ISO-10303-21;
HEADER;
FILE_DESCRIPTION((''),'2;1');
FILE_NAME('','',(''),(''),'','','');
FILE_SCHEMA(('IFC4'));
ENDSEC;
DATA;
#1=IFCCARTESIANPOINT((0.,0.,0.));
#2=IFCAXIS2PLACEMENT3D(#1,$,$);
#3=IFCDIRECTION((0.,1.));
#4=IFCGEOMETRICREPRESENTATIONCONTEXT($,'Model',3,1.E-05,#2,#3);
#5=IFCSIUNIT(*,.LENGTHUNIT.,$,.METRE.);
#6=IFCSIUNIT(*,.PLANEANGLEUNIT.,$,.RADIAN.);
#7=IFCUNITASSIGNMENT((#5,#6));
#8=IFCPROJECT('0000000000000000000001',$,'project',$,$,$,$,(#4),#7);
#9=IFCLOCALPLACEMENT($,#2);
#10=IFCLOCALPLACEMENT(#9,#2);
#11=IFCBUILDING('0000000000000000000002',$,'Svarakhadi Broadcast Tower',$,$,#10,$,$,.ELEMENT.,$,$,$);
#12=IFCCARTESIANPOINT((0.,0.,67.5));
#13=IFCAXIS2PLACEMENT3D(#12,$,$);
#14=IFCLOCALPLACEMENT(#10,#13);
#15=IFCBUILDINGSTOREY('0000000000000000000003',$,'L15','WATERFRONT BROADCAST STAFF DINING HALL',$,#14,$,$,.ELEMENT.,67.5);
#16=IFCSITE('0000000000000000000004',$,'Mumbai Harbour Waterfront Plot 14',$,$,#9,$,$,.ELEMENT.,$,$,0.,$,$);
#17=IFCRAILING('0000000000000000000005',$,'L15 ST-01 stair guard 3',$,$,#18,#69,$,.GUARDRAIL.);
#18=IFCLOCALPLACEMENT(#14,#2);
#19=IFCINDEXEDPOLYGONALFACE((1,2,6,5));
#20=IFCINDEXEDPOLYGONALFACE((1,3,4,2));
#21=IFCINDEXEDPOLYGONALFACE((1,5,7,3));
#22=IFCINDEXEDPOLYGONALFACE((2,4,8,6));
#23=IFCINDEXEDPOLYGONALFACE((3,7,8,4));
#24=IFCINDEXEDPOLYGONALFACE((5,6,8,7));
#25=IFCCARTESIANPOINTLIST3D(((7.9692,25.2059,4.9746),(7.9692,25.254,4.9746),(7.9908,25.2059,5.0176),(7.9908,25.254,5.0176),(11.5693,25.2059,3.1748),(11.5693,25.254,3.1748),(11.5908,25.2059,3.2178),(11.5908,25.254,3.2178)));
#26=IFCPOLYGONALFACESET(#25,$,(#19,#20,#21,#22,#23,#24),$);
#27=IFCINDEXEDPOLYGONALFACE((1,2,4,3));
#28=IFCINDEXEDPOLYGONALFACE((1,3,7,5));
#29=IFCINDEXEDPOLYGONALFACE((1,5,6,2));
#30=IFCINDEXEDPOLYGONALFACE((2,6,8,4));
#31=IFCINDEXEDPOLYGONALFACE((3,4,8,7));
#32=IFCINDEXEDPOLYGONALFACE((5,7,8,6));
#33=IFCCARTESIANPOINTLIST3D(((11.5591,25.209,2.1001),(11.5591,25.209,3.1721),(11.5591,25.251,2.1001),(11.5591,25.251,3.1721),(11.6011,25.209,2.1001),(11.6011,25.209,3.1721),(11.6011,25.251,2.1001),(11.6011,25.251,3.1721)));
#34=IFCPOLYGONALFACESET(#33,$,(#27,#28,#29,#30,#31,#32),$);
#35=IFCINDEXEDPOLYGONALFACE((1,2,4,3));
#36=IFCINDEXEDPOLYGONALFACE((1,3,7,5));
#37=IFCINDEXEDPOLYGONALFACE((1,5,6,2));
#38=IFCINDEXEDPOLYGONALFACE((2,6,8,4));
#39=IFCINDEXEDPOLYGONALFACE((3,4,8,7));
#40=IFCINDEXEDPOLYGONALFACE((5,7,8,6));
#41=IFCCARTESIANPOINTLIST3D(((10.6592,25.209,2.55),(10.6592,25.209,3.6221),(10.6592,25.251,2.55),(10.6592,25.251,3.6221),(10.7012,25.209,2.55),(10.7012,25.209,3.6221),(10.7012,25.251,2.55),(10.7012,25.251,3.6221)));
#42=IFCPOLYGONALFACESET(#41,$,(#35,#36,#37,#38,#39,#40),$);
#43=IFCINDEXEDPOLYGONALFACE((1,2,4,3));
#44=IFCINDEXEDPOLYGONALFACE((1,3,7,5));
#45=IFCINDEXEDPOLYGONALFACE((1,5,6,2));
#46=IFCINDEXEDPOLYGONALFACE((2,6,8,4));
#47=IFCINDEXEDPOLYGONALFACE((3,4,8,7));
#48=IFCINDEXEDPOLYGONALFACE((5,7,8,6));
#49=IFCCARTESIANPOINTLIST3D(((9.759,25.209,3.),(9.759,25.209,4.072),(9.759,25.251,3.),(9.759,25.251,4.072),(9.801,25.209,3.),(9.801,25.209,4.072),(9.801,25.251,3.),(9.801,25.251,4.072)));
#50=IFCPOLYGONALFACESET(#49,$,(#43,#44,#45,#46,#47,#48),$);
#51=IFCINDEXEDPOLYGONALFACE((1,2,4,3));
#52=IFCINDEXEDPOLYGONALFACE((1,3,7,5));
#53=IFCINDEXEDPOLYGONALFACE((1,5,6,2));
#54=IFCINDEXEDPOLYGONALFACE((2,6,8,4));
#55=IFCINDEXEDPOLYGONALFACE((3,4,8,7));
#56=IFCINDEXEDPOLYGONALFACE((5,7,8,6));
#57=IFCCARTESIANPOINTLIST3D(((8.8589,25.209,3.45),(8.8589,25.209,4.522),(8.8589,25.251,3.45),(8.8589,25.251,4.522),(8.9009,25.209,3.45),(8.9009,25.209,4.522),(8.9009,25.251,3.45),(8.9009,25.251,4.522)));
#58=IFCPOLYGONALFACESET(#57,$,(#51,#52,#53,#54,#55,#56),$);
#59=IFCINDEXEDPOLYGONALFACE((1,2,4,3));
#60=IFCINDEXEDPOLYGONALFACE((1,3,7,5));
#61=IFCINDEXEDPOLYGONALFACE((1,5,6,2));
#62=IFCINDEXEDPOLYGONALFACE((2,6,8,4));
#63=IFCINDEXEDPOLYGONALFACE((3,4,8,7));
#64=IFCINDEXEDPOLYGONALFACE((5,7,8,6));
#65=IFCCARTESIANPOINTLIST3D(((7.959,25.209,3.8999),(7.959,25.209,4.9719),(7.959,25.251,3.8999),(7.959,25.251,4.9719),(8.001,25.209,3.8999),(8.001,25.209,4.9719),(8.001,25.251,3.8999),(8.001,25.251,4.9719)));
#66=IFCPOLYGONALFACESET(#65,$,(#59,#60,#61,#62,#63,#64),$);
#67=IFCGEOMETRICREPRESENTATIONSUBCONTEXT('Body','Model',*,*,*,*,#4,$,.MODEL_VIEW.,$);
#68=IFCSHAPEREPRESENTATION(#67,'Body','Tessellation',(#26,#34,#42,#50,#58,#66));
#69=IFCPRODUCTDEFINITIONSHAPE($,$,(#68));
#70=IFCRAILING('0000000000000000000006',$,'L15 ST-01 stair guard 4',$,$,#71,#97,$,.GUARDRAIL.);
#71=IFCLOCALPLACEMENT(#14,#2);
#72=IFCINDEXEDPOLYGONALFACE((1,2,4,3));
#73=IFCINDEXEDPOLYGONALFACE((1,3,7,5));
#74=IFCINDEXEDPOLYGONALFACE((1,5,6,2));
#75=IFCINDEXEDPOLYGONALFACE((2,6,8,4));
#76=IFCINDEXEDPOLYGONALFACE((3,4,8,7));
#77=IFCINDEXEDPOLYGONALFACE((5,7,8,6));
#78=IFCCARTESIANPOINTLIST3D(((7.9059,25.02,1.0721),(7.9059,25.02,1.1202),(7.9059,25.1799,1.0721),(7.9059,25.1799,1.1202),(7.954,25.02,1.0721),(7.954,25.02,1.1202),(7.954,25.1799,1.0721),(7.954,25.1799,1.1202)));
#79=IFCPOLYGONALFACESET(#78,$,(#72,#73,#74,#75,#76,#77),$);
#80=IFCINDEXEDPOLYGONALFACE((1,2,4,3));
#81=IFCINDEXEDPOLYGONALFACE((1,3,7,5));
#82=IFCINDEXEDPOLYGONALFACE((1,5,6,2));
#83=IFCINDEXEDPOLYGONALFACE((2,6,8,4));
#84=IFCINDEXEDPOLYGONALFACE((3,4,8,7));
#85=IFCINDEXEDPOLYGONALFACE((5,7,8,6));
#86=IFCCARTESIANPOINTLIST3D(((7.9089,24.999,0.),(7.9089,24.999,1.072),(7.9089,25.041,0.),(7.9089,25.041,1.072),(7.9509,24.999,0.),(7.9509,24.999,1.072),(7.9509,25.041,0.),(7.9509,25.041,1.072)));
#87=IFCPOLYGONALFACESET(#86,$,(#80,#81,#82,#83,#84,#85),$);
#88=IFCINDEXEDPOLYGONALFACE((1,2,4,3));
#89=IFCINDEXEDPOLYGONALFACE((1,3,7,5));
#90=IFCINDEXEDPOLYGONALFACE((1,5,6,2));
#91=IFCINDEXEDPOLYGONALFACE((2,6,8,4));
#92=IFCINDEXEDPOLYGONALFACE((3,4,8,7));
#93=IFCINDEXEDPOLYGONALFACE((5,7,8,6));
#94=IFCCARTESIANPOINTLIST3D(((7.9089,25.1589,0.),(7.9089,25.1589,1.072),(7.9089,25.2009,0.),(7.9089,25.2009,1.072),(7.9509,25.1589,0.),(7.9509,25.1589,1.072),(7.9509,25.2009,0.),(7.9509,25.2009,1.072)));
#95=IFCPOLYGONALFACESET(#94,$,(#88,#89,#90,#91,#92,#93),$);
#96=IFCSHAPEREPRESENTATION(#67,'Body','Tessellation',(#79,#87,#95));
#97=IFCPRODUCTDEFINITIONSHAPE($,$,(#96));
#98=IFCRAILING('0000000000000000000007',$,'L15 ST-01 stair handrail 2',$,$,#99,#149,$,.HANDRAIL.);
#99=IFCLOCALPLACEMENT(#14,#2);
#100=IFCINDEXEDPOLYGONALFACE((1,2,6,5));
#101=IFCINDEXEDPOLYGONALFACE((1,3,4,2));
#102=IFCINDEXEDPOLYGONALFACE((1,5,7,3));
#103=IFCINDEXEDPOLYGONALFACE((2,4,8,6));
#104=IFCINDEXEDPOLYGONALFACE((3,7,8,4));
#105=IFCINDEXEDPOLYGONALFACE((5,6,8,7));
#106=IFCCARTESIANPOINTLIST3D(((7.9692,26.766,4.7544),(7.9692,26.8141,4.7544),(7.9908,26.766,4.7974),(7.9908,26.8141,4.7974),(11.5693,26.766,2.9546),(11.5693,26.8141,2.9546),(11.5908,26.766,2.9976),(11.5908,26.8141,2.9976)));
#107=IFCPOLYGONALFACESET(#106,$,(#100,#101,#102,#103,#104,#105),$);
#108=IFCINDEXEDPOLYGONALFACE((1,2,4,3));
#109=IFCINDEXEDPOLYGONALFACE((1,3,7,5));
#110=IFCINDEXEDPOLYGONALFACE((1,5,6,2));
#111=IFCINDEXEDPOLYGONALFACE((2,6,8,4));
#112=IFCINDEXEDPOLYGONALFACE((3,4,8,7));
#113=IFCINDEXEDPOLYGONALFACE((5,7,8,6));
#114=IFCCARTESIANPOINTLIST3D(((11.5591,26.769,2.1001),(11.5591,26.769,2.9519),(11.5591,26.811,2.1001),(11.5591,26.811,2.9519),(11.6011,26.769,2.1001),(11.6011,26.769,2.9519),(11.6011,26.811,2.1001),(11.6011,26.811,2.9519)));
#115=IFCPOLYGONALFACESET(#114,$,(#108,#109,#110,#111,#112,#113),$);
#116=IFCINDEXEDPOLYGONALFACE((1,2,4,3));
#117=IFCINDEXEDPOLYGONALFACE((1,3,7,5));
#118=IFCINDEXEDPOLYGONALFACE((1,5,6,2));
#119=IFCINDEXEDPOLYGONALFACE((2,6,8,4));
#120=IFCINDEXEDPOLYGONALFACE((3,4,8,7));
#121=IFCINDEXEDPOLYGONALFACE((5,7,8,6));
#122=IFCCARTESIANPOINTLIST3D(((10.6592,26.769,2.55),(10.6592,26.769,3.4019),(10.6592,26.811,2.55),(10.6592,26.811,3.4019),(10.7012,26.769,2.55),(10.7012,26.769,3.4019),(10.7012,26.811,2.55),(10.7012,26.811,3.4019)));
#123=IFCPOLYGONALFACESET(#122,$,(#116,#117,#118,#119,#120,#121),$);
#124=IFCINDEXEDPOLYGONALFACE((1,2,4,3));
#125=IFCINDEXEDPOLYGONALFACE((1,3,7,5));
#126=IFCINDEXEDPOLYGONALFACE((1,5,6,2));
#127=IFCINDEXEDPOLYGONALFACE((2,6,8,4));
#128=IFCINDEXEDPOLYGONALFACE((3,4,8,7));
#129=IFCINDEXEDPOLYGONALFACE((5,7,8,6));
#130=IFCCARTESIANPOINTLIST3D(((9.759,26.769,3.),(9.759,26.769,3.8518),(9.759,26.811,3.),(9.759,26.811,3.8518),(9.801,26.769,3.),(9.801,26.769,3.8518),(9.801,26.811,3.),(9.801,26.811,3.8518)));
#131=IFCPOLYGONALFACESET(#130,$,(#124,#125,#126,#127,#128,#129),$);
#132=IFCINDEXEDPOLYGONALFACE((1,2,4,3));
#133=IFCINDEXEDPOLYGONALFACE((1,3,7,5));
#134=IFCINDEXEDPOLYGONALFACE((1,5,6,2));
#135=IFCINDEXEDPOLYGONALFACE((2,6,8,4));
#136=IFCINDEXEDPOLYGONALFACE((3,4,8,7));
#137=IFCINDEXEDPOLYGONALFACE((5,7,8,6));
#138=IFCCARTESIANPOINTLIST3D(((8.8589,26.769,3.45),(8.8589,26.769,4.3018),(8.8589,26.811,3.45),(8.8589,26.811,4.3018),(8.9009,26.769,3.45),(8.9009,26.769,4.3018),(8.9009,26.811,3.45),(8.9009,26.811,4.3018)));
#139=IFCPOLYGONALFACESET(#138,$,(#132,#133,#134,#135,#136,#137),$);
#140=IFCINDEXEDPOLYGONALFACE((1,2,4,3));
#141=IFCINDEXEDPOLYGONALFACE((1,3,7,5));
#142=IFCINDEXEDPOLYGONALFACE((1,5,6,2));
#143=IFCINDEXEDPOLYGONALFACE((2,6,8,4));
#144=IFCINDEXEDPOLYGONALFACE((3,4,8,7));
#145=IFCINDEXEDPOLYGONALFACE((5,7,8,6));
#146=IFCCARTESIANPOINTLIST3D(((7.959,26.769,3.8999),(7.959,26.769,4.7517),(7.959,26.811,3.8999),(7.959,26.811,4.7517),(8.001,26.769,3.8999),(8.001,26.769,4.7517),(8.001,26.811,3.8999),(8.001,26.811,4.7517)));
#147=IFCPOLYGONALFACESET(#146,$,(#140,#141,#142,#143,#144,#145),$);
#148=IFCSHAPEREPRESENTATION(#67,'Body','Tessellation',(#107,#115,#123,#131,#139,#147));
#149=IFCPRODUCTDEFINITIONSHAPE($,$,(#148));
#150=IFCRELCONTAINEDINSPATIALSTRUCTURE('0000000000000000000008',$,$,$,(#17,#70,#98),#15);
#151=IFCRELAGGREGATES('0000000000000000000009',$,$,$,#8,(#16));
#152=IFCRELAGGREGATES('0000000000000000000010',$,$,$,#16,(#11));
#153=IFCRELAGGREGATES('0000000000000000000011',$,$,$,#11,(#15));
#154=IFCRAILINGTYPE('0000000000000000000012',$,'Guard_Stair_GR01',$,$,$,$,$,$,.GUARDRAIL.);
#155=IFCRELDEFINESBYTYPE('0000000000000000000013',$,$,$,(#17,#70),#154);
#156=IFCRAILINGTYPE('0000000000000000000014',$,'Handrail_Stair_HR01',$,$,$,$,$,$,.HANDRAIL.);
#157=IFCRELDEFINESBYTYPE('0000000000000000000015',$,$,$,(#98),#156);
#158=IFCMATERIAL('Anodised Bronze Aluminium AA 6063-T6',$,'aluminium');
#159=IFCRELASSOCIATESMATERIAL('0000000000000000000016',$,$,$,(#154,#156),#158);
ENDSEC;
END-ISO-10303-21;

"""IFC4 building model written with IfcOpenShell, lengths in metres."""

from ifc_helpers import new_model, si_unit, direction, frame, origin, origin_2d, place, context, subcontext, project, spatial, rectangle, extrude, material, type_object, element, save


model = new_model("IFC4")

# Units and contexts
model_context = context("Model", 3, precision=1e-05, world=origin(), true_north=direction((0.0, 1.0)))
body_context = subcontext(model_context, "Body", "Model", "MODEL_VIEW")
ifc_project = project(units=[si_unit("LENGTHUNIT", "METRE"), si_unit("PLANEANGLEUNIT", "RADIAN")], contexts=[model_context])

# Site, building, storey
site_placement = place(None, origin())
site = spatial("IfcSite", under=ifc_project, at=site_placement, Name="Mumbai Harbour Waterfront Plot 14", CompositionType="ELEMENT", RefElevation=0.0)
building_placement = place(site_placement, origin())
building = spatial("IfcBuilding", under=site, at=building_placement, Name="Svarakhadi Broadcast Tower", CompositionType="ELEMENT")
storey_placement = place(building_placement, frame((0.0, 0.0, 67.5)))
storey = spatial("IfcBuildingStorey", under=building, at=storey_placement, Name="L15", Description="WATERFRONT BROADCAST STAFF DINING HALL", CompositionType="ELEMENT", Elevation=67.5)

# Railings
ifc_material_1 = material(Name="Anodised Bronze Aluminium AA 6063-T6", Category="aluminium")
railing_type_1 = type_object("IfcRailingType", Name="Guard_Stair_GR01", PredefinedType="GUARDRAIL", material=ifc_material_1)
railing_1_placement = place(storey_placement, frame((11.5801, 25.23, 2.1001)))
element("IfcRailing", 1, at=railing_1_placement, inside=storey, type_object=railing_type_1, Name="L15 ST-01 stair guard 3", PredefinedType="GUARDRAIL", context=body_context, shape_type="SweptSolid", body=[
    extrude(rectangle(XDim=0.0481, YDim=0.0481, at=origin_2d()), frame((0.0, 0.0, 1.0962), z_axis=(-0.894451, 0.0, 0.447165), x_axis=(0.0, -1.0, 0.0)), (0.0, 0.0, 1.0), 4.0249),
    extrude(rectangle(XDim=0.042, YDim=0.042, at=origin_2d()), origin(), (0.0, 0.0, 1.0), 1.072),
    extrude(rectangle(XDim=0.042, YDim=0.042, at=origin_2d()), frame((-0.8999, 0.0, 0.45)), (0.0, 0.0, 1.0), 1.072),
    extrude(rectangle(XDim=0.042, YDim=0.042, at=origin_2d()), frame((-1.8, 0.0, 0.8999)), (0.0, 0.0, 1.0), 1.072),
    extrude(rectangle(XDim=0.042, YDim=0.042, at=origin_2d()), frame((-2.7002, 0.0, 1.3499)), (0.0, 0.0, 1.0), 1.072),
    extrude(rectangle(XDim=0.042, YDim=0.042, at=origin_2d()), frame((-3.6001, 0.0, 1.7998)), (0.0, 0.0, 1.0), 1.072),
])
railing_2_placement = place(storey_placement, frame((7.9299, 25.02, 0.0)))
element("IfcRailing", 2, at=railing_2_placement, inside=storey, type_object=railing_type_1, Name="L15 ST-01 stair guard 4", PredefinedType="GUARDRAIL", context=body_context, shape_type="SweptSolid", body=[
    extrude(rectangle(XDim=0.0481, YDim=0.0481, at=origin_2d()), frame((0.0, 0.0, 1.0962), z_axis=(0.0, 1.0, 0.0), x_axis=(-1.0, 0.0, 0.0)), (0.0, 0.0, 1.0), 0.1599),
    extrude(rectangle(XDim=0.042, YDim=0.042, at=origin_2d()), origin(), (0.0, 0.0, 1.0), 1.072),
    extrude(rectangle(XDim=0.042, YDim=0.042, at=origin_2d()), frame((0.0, 0.1599, 0.0)), (0.0, 0.0, 1.0), 1.072),
])
railing_type_2 = type_object("IfcRailingType", Name="Handrail_Stair_HR01", PredefinedType="HANDRAIL", material=ifc_material_1)
railing_3_placement = place(storey_placement, frame((11.5801, 26.79, 2.1001)))
element("IfcRailing", 3, at=railing_3_placement, inside=storey, type_object=railing_type_2, Name="L15 ST-01 stair handrail 2", PredefinedType="HANDRAIL", context=body_context, shape_type="SweptSolid", body=[
    extrude(rectangle(XDim=0.0481, YDim=0.0481, at=origin_2d()), frame((0.0, 0.0, 0.876), z_axis=(-0.894451, 0.0, 0.447165), x_axis=(0.0, -1.0, 0.0)), (0.0, 0.0, 1.0), 4.0249),
    extrude(rectangle(XDim=0.042, YDim=0.042, at=origin_2d()), origin(), (0.0, 0.0, 1.0), 0.8518),
    extrude(rectangle(XDim=0.042, YDim=0.042, at=origin_2d()), frame((-0.8999, 0.0, 0.45)), (0.0, 0.0, 1.0), 0.8518),
    extrude(rectangle(XDim=0.042, YDim=0.042, at=origin_2d()), frame((-1.8, 0.0, 0.8999)), (0.0, 0.0, 1.0), 0.8518),
    extrude(rectangle(XDim=0.042, YDim=0.042, at=origin_2d()), frame((-2.7002, 0.0, 1.3499)), (0.0, 0.0, 1.0), 0.8518),
    extrude(rectangle(XDim=0.042, YDim=0.042, at=origin_2d()), frame((-3.6001, 0.0, 1.7998)), (0.0, 0.0, 1.0), 0.8518),
])

save(model, "model.ifc")
